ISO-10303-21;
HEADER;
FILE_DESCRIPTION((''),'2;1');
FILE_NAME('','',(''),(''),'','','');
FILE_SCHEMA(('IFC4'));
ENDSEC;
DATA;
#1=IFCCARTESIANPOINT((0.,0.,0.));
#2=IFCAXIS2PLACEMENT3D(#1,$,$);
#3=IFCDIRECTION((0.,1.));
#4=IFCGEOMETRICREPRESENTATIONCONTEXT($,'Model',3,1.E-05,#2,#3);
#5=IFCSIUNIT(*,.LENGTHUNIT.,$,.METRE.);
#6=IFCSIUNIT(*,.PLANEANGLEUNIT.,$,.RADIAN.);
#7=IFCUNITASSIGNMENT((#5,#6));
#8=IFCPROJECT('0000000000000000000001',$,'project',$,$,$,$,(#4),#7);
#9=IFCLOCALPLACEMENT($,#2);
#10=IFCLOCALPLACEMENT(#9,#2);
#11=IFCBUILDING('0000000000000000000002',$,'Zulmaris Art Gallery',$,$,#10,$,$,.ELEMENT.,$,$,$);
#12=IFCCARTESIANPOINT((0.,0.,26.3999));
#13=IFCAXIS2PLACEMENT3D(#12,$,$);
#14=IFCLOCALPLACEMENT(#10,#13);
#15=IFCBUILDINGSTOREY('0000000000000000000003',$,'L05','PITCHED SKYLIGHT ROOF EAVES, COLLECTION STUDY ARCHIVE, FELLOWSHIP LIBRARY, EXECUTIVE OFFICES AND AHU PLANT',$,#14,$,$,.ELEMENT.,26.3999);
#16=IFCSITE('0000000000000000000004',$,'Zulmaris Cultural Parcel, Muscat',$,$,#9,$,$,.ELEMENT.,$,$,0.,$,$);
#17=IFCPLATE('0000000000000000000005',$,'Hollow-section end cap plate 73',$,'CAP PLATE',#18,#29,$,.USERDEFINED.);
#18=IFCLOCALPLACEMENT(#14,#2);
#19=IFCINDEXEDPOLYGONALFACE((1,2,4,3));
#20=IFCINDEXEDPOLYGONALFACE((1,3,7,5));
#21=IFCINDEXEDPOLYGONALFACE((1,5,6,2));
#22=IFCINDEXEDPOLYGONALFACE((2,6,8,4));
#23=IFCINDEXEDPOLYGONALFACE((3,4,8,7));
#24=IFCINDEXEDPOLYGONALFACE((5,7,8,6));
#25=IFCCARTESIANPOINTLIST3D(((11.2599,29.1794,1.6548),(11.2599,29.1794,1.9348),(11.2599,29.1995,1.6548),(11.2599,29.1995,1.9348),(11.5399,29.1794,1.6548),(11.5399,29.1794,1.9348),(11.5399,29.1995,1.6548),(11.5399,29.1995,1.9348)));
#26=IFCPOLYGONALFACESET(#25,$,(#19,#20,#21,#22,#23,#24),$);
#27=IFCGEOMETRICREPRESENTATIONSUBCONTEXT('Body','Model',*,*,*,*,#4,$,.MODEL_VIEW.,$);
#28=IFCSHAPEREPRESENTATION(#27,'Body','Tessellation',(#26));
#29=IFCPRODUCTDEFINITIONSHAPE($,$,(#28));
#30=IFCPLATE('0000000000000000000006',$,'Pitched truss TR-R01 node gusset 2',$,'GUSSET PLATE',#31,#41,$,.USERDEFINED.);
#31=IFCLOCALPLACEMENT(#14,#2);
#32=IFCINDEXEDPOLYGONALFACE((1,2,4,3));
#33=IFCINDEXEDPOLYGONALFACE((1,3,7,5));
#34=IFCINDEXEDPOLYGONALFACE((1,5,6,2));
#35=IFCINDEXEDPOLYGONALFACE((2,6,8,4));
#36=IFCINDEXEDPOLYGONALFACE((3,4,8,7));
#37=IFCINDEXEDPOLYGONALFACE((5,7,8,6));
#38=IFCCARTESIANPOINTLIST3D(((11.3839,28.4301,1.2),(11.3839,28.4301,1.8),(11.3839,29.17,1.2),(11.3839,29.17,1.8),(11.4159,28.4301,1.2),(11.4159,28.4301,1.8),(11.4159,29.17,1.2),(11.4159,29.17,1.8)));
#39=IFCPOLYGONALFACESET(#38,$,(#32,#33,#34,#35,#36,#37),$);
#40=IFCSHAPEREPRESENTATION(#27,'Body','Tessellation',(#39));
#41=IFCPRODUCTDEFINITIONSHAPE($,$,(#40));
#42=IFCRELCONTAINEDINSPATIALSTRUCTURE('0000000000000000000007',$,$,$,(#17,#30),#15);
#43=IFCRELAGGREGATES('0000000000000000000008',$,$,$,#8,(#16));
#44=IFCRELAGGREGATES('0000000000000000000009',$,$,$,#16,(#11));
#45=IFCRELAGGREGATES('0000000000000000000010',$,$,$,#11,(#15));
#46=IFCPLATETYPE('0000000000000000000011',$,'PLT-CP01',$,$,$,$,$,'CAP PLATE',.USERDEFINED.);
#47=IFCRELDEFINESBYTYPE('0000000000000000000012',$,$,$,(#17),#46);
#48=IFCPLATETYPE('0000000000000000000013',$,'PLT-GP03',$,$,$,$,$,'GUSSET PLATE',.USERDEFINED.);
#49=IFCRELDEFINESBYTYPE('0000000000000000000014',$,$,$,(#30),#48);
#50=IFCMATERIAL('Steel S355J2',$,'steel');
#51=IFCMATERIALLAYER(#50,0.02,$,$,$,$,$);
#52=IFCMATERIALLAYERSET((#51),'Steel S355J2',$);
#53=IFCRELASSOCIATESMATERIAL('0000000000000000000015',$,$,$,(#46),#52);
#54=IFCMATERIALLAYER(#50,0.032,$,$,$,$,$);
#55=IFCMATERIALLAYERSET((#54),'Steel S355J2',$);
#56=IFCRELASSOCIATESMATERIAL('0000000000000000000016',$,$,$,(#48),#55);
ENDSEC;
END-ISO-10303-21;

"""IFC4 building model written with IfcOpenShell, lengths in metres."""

from ifc_helpers import new_model, si_unit, direction, frame, origin, origin_2d, place, context, subcontext, project, spatial, rectangle, extrude, material, layer, layer_set, type_object, element, save


model = new_model("IFC4")

# Units and contexts
model_context = context("Model", 3, precision=1e-05, world=origin(), true_north=direction((0.0, 1.0)))
body_context = subcontext(model_context, "Body", "Model", "MODEL_VIEW")
ifc_project = project(units=[si_unit("LENGTHUNIT", "METRE"), si_unit("PLANEANGLEUNIT", "RADIAN")], contexts=[model_context])

# Site, building, storey
site_placement = place(None, origin())
site = spatial("IfcSite", under=ifc_project, at=site_placement, Name="Zulmaris Cultural Parcel, Muscat", CompositionType="ELEMENT", RefElevation=0.0)
building_placement = place(site_placement, origin())
building = spatial("IfcBuilding", under=site, at=building_placement, Name="Zulmaris Art Gallery", CompositionType="ELEMENT")
storey_placement = place(building_placement, frame((0.0, 0.0, 26.3999)))
storey = spatial("IfcBuildingStorey", under=building, at=storey_placement, Name="L05", Description="PITCHED SKYLIGHT ROOF EAVES, COLLECTION STUDY ARCHIVE, FELLOWSHIP LIBRARY, EXECUTIVE OFFICES AND AHU PLANT", CompositionType="ELEMENT", Elevation=26.3999)

# Plates
ifc_material_1 = material(Name="Steel S355J2", Category="steel")
ifc_layer_1 = layer(ifc_material_1, 0.02)
ifc_layer_set_1 = layer_set([ifc_layer_1], Name="Steel S355J2")
plate_type_1 = type_object("IfcPlateType", Name="PLT-CP01", ElementType="CAP PLATE", PredefinedType="USERDEFINED", material=ifc_layer_set_1)
plate_1_placement = place(storey_placement, frame((11.3999, 29.1895, 1.6548), z_axis=(0.0, 0.0, 1.0), x_axis=(1.0, 0.0, 0.0)))
element("IfcPlate", 1, at=plate_1_placement, inside=storey, type_object=plate_type_1, Name="Hollow-section end cap plate 73", ObjectType="CAP PLATE", PredefinedType="USERDEFINED", context=body_context, shape_type="SweptSolid", body=[
    extrude(rectangle(XDim=0.28, YDim=0.02, at=origin_2d()), origin(), (0.0, 0.0, 1.0), 0.28),
])
ifc_layer_2 = layer(ifc_material_1, 0.032)
ifc_layer_set_2 = layer_set([ifc_layer_2], Name="Steel S355J2")
plate_type_2 = type_object("IfcPlateType", Name="PLT-GP03", ElementType="GUSSET PLATE", PredefinedType="USERDEFINED", material=ifc_layer_set_2)
plate_2_placement = place(storey_placement, frame((11.3999, 28.8, 1.2), z_axis=(0.0, 0.0, 1.0), x_axis=(1.0, 0.0, 0.0)))
element("IfcPlate", 2, at=plate_2_placement, inside=storey, type_object=plate_type_2, Name="Pitched truss TR-R01 node gusset 2", ObjectType="GUSSET PLATE", PredefinedType="USERDEFINED", context=body_context, shape_type="SweptSolid", body=[
    extrude(rectangle(XDim=0.032, YDim=0.74, at=origin_2d()), origin(), (0.0, 0.0, 1.0), 0.6001),
])

save(model, "model.ifc")
